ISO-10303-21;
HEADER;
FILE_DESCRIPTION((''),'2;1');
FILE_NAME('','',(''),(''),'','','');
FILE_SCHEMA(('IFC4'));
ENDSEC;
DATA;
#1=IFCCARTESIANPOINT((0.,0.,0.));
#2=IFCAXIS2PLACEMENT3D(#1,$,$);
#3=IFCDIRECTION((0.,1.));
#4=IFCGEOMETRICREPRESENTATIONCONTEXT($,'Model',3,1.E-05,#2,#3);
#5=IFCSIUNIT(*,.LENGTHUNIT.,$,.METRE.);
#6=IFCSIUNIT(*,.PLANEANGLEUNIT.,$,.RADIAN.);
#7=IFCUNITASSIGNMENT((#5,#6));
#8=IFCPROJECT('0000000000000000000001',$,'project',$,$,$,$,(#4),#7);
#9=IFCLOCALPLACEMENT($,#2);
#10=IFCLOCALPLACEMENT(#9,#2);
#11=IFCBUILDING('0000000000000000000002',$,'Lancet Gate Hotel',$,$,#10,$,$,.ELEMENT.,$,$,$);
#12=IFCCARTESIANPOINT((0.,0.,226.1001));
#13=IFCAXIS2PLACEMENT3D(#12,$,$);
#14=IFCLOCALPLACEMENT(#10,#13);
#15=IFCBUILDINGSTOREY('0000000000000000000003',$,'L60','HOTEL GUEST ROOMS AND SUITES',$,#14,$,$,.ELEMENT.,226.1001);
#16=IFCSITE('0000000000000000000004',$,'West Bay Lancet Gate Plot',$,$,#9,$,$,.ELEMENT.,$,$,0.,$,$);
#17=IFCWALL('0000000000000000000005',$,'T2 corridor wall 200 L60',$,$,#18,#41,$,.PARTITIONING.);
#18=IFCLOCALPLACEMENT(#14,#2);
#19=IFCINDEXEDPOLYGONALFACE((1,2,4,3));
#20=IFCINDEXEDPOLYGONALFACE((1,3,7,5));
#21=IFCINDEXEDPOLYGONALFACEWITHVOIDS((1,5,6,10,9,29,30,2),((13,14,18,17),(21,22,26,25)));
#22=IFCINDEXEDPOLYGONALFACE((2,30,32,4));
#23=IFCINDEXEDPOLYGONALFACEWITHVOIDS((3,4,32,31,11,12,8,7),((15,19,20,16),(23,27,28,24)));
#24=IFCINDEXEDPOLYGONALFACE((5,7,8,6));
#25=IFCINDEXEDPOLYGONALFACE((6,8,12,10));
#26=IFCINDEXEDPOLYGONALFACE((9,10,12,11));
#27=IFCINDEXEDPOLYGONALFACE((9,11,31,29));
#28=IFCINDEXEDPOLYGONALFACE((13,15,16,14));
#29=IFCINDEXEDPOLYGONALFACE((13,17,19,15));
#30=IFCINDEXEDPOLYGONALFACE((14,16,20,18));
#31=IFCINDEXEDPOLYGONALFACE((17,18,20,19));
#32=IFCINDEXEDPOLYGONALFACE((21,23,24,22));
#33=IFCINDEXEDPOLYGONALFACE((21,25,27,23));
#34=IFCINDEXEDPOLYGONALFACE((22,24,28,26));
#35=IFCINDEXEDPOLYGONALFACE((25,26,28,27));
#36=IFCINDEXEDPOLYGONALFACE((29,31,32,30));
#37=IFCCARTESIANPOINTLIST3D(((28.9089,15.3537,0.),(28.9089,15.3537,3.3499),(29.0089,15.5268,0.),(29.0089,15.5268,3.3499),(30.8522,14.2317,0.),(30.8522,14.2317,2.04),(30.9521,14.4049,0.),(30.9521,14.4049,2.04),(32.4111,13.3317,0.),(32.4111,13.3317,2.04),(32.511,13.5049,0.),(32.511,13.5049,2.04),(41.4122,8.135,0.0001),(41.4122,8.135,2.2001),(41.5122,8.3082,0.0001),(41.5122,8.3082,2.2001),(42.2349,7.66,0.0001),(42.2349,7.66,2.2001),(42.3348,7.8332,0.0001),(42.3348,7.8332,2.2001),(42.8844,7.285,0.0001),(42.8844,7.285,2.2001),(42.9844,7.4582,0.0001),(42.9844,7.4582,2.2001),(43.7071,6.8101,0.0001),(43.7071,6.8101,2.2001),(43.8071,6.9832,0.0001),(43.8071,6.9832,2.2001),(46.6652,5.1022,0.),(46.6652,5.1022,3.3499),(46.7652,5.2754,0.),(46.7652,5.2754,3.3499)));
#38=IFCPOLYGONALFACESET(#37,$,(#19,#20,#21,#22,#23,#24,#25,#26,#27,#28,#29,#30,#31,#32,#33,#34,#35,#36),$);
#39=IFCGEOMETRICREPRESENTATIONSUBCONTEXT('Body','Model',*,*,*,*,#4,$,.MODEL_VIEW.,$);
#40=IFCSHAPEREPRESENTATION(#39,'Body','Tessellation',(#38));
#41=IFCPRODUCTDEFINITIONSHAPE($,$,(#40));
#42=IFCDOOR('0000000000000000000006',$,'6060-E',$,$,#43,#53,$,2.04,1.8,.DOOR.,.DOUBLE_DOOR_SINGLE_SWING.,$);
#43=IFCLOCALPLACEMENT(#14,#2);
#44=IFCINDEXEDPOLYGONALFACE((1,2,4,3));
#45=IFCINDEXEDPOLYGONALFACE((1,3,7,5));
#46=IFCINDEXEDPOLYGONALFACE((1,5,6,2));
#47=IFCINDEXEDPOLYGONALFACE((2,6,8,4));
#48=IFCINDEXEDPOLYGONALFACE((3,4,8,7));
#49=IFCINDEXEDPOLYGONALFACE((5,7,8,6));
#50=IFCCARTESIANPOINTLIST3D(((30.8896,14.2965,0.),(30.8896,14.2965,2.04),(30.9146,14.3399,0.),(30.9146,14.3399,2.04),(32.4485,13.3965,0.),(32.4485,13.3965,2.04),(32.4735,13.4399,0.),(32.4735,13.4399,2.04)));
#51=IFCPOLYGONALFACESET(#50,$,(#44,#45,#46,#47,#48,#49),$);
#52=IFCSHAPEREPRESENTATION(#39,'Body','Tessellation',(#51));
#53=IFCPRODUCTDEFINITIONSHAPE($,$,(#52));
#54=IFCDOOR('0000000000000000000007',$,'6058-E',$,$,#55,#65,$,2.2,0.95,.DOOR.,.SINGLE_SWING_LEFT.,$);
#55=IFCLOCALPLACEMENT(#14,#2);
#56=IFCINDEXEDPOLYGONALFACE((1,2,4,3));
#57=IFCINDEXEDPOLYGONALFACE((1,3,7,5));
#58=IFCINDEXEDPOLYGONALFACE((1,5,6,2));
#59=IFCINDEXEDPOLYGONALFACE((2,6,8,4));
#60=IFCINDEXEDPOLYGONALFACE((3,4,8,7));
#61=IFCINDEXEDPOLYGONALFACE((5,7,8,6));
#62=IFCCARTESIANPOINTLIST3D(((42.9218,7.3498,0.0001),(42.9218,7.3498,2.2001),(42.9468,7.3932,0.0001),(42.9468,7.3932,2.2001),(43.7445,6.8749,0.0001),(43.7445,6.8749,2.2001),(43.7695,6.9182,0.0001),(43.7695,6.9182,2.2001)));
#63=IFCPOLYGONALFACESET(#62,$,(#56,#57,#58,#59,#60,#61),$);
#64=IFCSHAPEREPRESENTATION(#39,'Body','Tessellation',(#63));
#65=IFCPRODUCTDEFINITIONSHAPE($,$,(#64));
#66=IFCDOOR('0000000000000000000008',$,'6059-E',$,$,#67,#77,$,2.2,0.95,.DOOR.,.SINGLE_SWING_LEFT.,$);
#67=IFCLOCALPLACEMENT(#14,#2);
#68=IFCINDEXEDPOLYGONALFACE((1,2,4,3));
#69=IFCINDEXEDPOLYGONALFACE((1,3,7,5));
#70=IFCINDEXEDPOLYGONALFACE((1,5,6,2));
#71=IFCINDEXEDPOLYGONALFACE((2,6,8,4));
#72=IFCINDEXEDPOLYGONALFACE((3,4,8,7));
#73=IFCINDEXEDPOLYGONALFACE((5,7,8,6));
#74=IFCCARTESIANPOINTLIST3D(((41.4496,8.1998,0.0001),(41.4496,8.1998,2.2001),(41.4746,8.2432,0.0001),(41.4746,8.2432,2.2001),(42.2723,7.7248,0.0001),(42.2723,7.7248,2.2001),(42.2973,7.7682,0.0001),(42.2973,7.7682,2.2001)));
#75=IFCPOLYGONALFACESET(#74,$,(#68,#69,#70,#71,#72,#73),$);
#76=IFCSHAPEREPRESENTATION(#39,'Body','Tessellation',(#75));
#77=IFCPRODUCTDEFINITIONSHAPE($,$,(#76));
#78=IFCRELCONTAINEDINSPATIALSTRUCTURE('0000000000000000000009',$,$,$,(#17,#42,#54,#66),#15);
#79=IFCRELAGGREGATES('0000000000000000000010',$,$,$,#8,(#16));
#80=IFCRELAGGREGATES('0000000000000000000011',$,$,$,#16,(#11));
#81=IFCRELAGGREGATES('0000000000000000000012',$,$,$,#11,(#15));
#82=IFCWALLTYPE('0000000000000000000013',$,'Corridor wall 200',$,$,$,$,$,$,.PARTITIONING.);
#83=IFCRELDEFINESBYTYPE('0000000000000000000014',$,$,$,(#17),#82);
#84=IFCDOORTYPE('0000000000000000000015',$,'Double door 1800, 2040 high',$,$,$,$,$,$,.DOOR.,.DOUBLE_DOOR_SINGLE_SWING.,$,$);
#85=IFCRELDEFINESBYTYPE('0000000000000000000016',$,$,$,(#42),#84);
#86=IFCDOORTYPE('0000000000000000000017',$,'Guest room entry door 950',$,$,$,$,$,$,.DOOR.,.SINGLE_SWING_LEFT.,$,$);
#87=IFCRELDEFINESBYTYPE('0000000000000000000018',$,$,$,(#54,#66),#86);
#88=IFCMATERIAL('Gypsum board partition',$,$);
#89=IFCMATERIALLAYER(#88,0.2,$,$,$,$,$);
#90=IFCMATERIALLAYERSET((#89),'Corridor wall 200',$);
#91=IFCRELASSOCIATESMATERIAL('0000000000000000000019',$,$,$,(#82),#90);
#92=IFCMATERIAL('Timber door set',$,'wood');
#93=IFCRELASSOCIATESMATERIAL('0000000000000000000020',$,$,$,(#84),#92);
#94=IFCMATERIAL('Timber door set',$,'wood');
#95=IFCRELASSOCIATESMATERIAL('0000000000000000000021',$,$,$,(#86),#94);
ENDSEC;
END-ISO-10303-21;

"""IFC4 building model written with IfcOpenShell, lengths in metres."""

from ifc_helpers import new_model, si_unit, direction, frame, frame_2d, origin, place, context, subcontext, project, spatial, rectangle, extrude, material, layer, layer_set, type_object, element, fill, save


model = new_model("IFC4")

# Units and contexts
model_context = context("Model", 3, precision=1e-05, world=origin(), true_north=direction((0.0, 1.0)))
body_context = subcontext(model_context, "Body", "Model", "MODEL_VIEW")
ifc_project = project(units=[si_unit("LENGTHUNIT", "METRE"), si_unit("PLANEANGLEUNIT", "RADIAN")], contexts=[model_context])

# Site, building, storey
site_placement = place(None, origin())
site = spatial("IfcSite", under=ifc_project, at=site_placement, Name="West Bay Lancet Gate Plot", CompositionType="ELEMENT", RefElevation=0.0)
building_placement = place(site_placement, origin())
building = spatial("IfcBuilding", under=site, at=building_placement, Name="Lancet Gate Hotel", CompositionType="ELEMENT")
storey_placement = place(building_placement, frame((0.0, 0.0, 226.1001)))
storey = spatial("IfcBuildingStorey", under=building, at=storey_placement, Name="L60", Description="HOTEL GUEST ROOMS AND SUITES", CompositionType="ELEMENT", Elevation=226.1001)

# Wall, openings, doors
ifc_material_1 = material(Name="Gypsum board partition")
ifc_layer_1 = layer(ifc_material_1, 0.2)
ifc_layer_set_1 = layer_set([ifc_layer_1], Name="Corridor wall 200")
wall_type_1 = type_object("IfcWallType", Name="Corridor wall 200", PredefinedType="PARTITIONING", material=ifc_layer_set_1)
wall_1_placement = place(storey_placement, frame((28.959, 15.4402, 0.0), z_axis=(0.0, 0.0, 1.0), x_axis=(0.866029, -0.499994, 0.0)))
wall_1 = element("IfcWall", 1, at=wall_1_placement, inside=storey, type_object=wall_type_1, Name="T2 corridor wall 200 L60", PredefinedType="PARTITIONING", context=body_context, shape_type="SweptSolid", body=[
    extrude(rectangle(XDim=20.5032, YDim=0.2, at=frame_2d((10.2515, 0.0))), origin(), (0.0, 0.0, 1.0), 3.3499),
])
opening_1_placement = place(wall_1_placement, frame((16.1372, 0.0, 0.0)))
opening_1 = element("IfcOpeningElement", 2, at=opening_1_placement, cuts=wall_1, PredefinedType="OPENING", context=body_context, shape_type="SweptSolid", body=[
    extrude(rectangle(XDim=0.95, YDim=2.2, at=frame_2d((0.4751, 1.1001))), frame((0.0, 0.1099, 0.0), z_axis=(0.0, -1.0, 0.0), x_axis=(1.0, 0.0, 0.0)), (0.0, 0.0, 1.0), 0.22),
])
opening_2_placement = place(wall_1_placement, frame((14.4373, 0.0, 0.0)))
opening_2 = element("IfcOpeningElement", 3, at=opening_2_placement, cuts=wall_1, PredefinedType="OPENING", context=body_context, shape_type="SweptSolid", body=[
    extrude(rectangle(XDim=0.95, YDim=2.2, at=frame_2d((0.4751, 1.1001))), frame((0.0, 0.1099, 0.0), z_axis=(0.0, -1.0, 0.0), x_axis=(1.0, 0.0, 0.0)), (0.0, 0.0, 1.0), 0.22),
])
opening_3_placement = place(wall_1_placement, frame((2.2439, 0.0, 0.0)))
opening_3 = element("IfcOpeningElement", 4, at=opening_3_placement, cuts=wall_1, PredefinedType="OPENING", context=body_context, shape_type="SweptSolid", body=[
    extrude(rectangle(XDim=1.8, YDim=2.04, at=frame_2d((0.8999, 1.02))), frame((0.0, 0.1099, 0.0), z_axis=(0.0, -1.0, 0.0), x_axis=(1.0, 0.0, 0.0)), (0.0, 0.0, 1.0), 0.22),
])
ifc_material_2 = material(Name="Timber door set", Category="wood")
door_type_1 = type_object("IfcDoorType", Name="Double door 1800, 2040 high", OperationType="DOUBLE_DOOR_SINGLE_SWING", PredefinedType="DOOR", material=ifc_material_2)
door_1_placement = place(opening_3_placement, origin())
door_1 = element("IfcDoor", 5, at=door_1_placement, inside=storey, type_object=door_type_1, Name="6060-E", OperationType="DOUBLE_DOOR_SINGLE_SWING", OverallHeight=2.04, OverallWidth=1.8, PredefinedType="DOOR", context=body_context, shape_type="SweptSolid", body=[
    extrude(rectangle(XDim=1.8, YDim=2.04, at=frame_2d((0.8999, 1.02))), frame((0.0, 0.0249, 0.0), z_axis=(0.0, -1.0, 0.0), x_axis=(1.0, 0.0, 0.0)), (0.0, 0.0, 1.0), 0.05),
])
fill(opening_3, door_1)
ifc_material_3 = material(Name="Timber door set", Category="wood")
door_type_2 = type_object("IfcDoorType", Name="Guest room entry door 950", OperationType="SINGLE_SWING_LEFT", PredefinedType="DOOR", material=ifc_material_3)
door_2_placement = place(opening_1_placement, origin())
door_2 = element("IfcDoor", 6, at=door_2_placement, inside=storey, type_object=door_type_2, Name="6058-E", OperationType="SINGLE_SWING_LEFT", OverallHeight=2.2, OverallWidth=0.95, PredefinedType="DOOR", context=body_context, shape_type="SweptSolid", body=[
    extrude(rectangle(XDim=0.95, YDim=2.2, at=frame_2d((0.4751, 1.1001))), frame((0.0, 0.0249, 0.0), z_axis=(0.0, -1.0, 0.0), x_axis=(1.0, 0.0, 0.0)), (0.0, 0.0, 1.0), 0.05),
])
fill(opening_1, door_2)
door_3_placement = place(opening_2_placement, origin())
door_3 = element("IfcDoor", 7, at=door_3_placement, inside=storey, type_object=door_type_2, Name="6059-E", OperationType="SINGLE_SWING_LEFT", OverallHeight=2.2, OverallWidth=0.95, PredefinedType="DOOR", context=body_context, shape_type="SweptSolid", body=[
    extrude(rectangle(XDim=0.95, YDim=2.2, at=frame_2d((0.4751, 1.1001))), frame((0.0, 0.0249, 0.0), z_axis=(0.0, -1.0, 0.0), x_axis=(1.0, 0.0, 0.0)), (0.0, 0.0, 1.0), 0.05),
])
fill(opening_2, door_3)

save(model, "model.ifc")
